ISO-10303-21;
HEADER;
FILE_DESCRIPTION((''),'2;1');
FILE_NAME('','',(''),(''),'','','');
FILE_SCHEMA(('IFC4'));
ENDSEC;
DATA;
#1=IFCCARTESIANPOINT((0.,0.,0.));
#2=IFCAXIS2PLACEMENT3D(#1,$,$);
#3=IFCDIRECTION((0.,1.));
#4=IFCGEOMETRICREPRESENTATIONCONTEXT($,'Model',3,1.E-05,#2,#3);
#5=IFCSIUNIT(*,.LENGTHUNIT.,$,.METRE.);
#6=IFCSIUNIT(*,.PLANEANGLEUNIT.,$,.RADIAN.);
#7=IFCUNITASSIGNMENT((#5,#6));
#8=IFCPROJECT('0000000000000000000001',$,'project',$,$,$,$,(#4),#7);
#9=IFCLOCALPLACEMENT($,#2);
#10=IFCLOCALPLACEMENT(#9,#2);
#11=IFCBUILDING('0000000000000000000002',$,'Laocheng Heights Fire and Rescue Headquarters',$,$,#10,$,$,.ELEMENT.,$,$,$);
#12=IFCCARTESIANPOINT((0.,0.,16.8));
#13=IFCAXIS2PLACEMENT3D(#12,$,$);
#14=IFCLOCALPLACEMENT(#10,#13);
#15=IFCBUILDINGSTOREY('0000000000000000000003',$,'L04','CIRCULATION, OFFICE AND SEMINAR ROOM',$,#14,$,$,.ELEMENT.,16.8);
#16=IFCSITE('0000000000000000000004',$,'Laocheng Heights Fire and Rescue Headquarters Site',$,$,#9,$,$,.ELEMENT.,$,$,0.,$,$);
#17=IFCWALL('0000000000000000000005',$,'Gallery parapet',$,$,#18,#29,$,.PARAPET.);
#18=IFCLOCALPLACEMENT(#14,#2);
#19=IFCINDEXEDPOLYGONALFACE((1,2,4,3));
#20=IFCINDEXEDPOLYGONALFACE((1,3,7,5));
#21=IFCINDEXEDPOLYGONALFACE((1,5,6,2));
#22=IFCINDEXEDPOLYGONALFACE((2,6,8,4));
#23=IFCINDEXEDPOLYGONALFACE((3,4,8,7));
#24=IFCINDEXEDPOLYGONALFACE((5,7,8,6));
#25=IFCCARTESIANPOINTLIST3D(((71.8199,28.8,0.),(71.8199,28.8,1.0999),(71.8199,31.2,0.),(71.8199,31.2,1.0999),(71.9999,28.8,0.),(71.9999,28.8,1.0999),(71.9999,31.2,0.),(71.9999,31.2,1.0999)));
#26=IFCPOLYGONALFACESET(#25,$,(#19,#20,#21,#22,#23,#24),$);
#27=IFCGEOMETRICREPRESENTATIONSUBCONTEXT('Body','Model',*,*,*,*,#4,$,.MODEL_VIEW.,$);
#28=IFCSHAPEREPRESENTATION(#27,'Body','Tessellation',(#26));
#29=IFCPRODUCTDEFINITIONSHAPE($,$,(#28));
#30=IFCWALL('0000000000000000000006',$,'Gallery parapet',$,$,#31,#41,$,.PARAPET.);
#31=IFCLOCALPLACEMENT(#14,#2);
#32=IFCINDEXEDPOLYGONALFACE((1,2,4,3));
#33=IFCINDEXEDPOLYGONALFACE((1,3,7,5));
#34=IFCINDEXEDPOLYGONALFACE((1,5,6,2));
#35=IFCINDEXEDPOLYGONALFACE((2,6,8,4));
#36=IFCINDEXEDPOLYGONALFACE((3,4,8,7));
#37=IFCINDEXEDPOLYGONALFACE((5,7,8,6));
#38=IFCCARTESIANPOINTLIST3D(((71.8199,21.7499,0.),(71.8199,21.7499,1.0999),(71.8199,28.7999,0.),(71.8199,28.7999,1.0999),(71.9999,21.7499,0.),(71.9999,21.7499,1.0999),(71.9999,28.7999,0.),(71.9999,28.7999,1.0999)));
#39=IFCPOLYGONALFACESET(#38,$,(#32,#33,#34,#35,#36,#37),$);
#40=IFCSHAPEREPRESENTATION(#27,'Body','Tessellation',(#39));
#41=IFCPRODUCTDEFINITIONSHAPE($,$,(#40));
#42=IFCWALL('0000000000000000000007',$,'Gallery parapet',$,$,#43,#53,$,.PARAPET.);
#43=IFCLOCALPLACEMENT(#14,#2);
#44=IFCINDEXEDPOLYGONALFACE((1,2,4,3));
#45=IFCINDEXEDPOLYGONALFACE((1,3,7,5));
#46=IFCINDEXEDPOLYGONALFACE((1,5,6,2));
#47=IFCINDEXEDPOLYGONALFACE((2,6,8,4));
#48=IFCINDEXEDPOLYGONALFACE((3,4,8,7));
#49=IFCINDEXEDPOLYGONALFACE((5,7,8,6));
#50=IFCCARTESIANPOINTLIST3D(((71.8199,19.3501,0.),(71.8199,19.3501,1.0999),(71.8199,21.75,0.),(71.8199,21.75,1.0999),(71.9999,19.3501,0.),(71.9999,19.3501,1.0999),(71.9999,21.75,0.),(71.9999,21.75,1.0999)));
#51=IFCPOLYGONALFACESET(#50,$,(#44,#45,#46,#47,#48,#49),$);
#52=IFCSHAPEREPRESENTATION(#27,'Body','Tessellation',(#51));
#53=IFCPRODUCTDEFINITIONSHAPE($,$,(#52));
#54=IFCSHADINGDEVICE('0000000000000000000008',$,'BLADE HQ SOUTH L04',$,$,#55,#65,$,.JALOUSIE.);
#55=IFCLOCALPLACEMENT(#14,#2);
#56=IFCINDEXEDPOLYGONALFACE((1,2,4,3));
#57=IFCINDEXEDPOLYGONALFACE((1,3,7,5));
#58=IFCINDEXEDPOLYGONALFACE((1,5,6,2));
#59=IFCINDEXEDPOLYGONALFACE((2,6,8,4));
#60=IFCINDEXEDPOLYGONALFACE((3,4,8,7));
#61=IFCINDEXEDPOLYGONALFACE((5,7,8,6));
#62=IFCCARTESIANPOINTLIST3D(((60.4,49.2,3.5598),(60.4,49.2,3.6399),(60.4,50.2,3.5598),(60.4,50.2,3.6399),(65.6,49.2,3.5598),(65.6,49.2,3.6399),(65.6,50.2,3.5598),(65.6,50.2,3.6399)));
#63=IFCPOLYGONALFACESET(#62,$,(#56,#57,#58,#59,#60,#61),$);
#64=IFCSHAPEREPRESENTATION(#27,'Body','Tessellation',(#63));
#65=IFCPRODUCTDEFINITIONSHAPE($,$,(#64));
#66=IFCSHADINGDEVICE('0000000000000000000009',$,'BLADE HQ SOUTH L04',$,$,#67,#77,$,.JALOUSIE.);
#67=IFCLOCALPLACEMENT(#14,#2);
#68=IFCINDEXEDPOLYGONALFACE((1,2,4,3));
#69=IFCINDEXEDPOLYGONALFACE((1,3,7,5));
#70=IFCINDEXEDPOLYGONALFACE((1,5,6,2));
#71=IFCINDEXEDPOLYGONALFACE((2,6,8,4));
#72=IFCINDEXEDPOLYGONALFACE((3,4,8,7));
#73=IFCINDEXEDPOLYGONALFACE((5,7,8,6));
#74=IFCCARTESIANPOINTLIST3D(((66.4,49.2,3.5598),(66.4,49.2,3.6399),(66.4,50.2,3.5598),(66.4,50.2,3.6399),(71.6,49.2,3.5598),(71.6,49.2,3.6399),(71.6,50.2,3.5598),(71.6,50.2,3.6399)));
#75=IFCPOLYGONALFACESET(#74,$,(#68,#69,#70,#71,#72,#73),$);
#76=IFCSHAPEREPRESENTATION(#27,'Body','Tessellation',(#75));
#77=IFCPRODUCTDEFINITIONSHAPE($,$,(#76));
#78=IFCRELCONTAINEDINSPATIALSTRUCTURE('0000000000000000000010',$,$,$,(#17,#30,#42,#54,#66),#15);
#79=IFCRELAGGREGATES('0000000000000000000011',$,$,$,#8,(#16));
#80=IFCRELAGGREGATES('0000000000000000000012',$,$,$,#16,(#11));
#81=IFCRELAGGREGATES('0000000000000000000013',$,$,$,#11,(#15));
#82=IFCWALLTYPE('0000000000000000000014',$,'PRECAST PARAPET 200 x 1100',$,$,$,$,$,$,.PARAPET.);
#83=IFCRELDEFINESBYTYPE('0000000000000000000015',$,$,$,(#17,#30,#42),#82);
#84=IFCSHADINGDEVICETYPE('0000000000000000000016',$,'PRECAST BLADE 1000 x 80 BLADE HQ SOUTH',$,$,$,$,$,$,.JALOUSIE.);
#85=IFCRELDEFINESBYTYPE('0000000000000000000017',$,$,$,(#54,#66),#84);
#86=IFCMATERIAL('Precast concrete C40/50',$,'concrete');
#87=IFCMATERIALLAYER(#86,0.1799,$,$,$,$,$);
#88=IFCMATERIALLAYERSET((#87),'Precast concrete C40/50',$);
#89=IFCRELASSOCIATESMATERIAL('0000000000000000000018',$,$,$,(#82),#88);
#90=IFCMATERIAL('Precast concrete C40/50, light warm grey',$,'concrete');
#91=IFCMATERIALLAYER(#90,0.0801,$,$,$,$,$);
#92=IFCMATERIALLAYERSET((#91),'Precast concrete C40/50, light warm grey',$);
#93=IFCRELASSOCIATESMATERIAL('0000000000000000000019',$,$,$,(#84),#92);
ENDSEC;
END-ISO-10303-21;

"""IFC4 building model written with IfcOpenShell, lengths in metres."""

from ifc_helpers import new_model, si_unit, direction, frame, frame_2d, origin, origin_2d, place, context, subcontext, project, spatial, rectangle, extrude, material, layer, layer_set, type_object, element, save


model = new_model("IFC4")

# Units and contexts
model_context = context("Model", 3, precision=1e-05, world=origin(), true_north=direction((0.0, 1.0)))
body_context = subcontext(model_context, "Body", "Model", "MODEL_VIEW")
ifc_project = project(units=[si_unit("LENGTHUNIT", "METRE"), si_unit("PLANEANGLEUNIT", "RADIAN")], contexts=[model_context])

# Site, building, storey
site_placement = place(None, origin())
site = spatial("IfcSite", under=ifc_project, at=site_placement, Name="Laocheng Heights Fire and Rescue Headquarters Site", CompositionType="ELEMENT", RefElevation=0.0)
building_placement = place(site_placement, origin())
building = spatial("IfcBuilding", under=site, at=building_placement, Name="Laocheng Heights Fire and Rescue Headquarters", CompositionType="ELEMENT")
storey_placement = place(building_placement, frame((0.0, 0.0, 16.8)))
storey = spatial("IfcBuildingStorey", under=building, at=storey_placement, Name="L04", Description="CIRCULATION, OFFICE AND SEMINAR ROOM", CompositionType="ELEMENT", Elevation=16.8)

# Walls
ifc_material_1 = material(Name="Precast concrete C40/50", Category="concrete")
ifc_layer_1 = layer(ifc_material_1, 0.1799)
ifc_layer_set_1 = layer_set([ifc_layer_1], Name="Precast concrete C40/50")
wall_type = type_object("IfcWallType", Name="PRECAST PARAPET 200 x 1100", PredefinedType="PARAPET", material=ifc_layer_set_1)
wall_1_placement = place(storey_placement, frame((71.9099, 28.8, 0.0), z_axis=(0.0, 0.0, 1.0), x_axis=(0.0, 1.0, 0.0)))
element("IfcWall", 1, at=wall_1_placement, inside=storey, type_object=wall_type, Name="Gallery parapet", PredefinedType="PARAPET", context=body_context, shape_type="SweptSolid", body=[
    extrude(rectangle(XDim=2.3999, YDim=0.1799, at=frame_2d((1.2, 0.0))), origin(), (0.0, 0.0, 1.0), 1.0999),
])
wall_2_placement = place(storey_placement, frame((71.9099, 21.75, 0.0), z_axis=(0.0, 0.0, 1.0), x_axis=(0.0, 1.0, 0.0)))
element("IfcWall", 2, at=wall_2_placement, inside=storey, type_object=wall_type, Name="Gallery parapet", PredefinedType="PARAPET", context=body_context, shape_type="SweptSolid", body=[
    extrude(rectangle(XDim=7.05, YDim=0.1799, at=frame_2d((3.5249, 0.0))), origin(), (0.0, 0.0, 1.0), 1.0999),
])
wall_3_placement = place(storey_placement, frame((71.9099, 19.3501, 0.0), z_axis=(0.0, 0.0, 1.0), x_axis=(0.0, 1.0, 0.0)))
element("IfcWall", 3, at=wall_3_placement, inside=storey, type_object=wall_type, Name="Gallery parapet", PredefinedType="PARAPET", context=body_context, shape_type="SweptSolid", body=[
    extrude(rectangle(XDim=2.3999, YDim=0.1799, at=frame_2d((1.2, 0.0))), origin(), (0.0, 0.0, 1.0), 1.0999),
])

# Shading devices
ifc_material_2 = material(Name="Precast concrete C40/50, light warm grey", Category="concrete")
ifc_layer_2 = layer(ifc_material_2, 0.0801)
ifc_layer_set_2 = layer_set([ifc_layer_2], Name="Precast concrete C40/50, light warm grey")
shading_device_type = type_object("IfcShadingDeviceType", Name="PRECAST BLADE 1000 x 80 BLADE HQ SOUTH", PredefinedType="JALOUSIE", material=ifc_layer_set_2)
for number, where, z_axis, x_axis, name in (
    (4, (63.0, 49.7, 3.5598), (0.0, 0.0, 1.0), (1.0, 0.0, 0.0), "BLADE HQ SOUTH L04"),
    (5, (69.0, 49.7, 3.5598), (0.0, 0.0, 1.0), (1.0, 0.0, 0.0), "BLADE HQ SOUTH L04"),
):
    element("IfcShadingDevice", number, at=place(storey_placement, frame(where, z_axis=z_axis, x_axis=x_axis)), inside=storey, type_object=shading_device_type, Name=name, PredefinedType="JALOUSIE", context=body_context, shape_type="SweptSolid", body=[
        extrude(rectangle(XDim=5.2, YDim=1.0, at=origin_2d()), origin(), (0.0, 0.0, 1.0), 0.0801),
    ])

save(model, "model.ifc")
